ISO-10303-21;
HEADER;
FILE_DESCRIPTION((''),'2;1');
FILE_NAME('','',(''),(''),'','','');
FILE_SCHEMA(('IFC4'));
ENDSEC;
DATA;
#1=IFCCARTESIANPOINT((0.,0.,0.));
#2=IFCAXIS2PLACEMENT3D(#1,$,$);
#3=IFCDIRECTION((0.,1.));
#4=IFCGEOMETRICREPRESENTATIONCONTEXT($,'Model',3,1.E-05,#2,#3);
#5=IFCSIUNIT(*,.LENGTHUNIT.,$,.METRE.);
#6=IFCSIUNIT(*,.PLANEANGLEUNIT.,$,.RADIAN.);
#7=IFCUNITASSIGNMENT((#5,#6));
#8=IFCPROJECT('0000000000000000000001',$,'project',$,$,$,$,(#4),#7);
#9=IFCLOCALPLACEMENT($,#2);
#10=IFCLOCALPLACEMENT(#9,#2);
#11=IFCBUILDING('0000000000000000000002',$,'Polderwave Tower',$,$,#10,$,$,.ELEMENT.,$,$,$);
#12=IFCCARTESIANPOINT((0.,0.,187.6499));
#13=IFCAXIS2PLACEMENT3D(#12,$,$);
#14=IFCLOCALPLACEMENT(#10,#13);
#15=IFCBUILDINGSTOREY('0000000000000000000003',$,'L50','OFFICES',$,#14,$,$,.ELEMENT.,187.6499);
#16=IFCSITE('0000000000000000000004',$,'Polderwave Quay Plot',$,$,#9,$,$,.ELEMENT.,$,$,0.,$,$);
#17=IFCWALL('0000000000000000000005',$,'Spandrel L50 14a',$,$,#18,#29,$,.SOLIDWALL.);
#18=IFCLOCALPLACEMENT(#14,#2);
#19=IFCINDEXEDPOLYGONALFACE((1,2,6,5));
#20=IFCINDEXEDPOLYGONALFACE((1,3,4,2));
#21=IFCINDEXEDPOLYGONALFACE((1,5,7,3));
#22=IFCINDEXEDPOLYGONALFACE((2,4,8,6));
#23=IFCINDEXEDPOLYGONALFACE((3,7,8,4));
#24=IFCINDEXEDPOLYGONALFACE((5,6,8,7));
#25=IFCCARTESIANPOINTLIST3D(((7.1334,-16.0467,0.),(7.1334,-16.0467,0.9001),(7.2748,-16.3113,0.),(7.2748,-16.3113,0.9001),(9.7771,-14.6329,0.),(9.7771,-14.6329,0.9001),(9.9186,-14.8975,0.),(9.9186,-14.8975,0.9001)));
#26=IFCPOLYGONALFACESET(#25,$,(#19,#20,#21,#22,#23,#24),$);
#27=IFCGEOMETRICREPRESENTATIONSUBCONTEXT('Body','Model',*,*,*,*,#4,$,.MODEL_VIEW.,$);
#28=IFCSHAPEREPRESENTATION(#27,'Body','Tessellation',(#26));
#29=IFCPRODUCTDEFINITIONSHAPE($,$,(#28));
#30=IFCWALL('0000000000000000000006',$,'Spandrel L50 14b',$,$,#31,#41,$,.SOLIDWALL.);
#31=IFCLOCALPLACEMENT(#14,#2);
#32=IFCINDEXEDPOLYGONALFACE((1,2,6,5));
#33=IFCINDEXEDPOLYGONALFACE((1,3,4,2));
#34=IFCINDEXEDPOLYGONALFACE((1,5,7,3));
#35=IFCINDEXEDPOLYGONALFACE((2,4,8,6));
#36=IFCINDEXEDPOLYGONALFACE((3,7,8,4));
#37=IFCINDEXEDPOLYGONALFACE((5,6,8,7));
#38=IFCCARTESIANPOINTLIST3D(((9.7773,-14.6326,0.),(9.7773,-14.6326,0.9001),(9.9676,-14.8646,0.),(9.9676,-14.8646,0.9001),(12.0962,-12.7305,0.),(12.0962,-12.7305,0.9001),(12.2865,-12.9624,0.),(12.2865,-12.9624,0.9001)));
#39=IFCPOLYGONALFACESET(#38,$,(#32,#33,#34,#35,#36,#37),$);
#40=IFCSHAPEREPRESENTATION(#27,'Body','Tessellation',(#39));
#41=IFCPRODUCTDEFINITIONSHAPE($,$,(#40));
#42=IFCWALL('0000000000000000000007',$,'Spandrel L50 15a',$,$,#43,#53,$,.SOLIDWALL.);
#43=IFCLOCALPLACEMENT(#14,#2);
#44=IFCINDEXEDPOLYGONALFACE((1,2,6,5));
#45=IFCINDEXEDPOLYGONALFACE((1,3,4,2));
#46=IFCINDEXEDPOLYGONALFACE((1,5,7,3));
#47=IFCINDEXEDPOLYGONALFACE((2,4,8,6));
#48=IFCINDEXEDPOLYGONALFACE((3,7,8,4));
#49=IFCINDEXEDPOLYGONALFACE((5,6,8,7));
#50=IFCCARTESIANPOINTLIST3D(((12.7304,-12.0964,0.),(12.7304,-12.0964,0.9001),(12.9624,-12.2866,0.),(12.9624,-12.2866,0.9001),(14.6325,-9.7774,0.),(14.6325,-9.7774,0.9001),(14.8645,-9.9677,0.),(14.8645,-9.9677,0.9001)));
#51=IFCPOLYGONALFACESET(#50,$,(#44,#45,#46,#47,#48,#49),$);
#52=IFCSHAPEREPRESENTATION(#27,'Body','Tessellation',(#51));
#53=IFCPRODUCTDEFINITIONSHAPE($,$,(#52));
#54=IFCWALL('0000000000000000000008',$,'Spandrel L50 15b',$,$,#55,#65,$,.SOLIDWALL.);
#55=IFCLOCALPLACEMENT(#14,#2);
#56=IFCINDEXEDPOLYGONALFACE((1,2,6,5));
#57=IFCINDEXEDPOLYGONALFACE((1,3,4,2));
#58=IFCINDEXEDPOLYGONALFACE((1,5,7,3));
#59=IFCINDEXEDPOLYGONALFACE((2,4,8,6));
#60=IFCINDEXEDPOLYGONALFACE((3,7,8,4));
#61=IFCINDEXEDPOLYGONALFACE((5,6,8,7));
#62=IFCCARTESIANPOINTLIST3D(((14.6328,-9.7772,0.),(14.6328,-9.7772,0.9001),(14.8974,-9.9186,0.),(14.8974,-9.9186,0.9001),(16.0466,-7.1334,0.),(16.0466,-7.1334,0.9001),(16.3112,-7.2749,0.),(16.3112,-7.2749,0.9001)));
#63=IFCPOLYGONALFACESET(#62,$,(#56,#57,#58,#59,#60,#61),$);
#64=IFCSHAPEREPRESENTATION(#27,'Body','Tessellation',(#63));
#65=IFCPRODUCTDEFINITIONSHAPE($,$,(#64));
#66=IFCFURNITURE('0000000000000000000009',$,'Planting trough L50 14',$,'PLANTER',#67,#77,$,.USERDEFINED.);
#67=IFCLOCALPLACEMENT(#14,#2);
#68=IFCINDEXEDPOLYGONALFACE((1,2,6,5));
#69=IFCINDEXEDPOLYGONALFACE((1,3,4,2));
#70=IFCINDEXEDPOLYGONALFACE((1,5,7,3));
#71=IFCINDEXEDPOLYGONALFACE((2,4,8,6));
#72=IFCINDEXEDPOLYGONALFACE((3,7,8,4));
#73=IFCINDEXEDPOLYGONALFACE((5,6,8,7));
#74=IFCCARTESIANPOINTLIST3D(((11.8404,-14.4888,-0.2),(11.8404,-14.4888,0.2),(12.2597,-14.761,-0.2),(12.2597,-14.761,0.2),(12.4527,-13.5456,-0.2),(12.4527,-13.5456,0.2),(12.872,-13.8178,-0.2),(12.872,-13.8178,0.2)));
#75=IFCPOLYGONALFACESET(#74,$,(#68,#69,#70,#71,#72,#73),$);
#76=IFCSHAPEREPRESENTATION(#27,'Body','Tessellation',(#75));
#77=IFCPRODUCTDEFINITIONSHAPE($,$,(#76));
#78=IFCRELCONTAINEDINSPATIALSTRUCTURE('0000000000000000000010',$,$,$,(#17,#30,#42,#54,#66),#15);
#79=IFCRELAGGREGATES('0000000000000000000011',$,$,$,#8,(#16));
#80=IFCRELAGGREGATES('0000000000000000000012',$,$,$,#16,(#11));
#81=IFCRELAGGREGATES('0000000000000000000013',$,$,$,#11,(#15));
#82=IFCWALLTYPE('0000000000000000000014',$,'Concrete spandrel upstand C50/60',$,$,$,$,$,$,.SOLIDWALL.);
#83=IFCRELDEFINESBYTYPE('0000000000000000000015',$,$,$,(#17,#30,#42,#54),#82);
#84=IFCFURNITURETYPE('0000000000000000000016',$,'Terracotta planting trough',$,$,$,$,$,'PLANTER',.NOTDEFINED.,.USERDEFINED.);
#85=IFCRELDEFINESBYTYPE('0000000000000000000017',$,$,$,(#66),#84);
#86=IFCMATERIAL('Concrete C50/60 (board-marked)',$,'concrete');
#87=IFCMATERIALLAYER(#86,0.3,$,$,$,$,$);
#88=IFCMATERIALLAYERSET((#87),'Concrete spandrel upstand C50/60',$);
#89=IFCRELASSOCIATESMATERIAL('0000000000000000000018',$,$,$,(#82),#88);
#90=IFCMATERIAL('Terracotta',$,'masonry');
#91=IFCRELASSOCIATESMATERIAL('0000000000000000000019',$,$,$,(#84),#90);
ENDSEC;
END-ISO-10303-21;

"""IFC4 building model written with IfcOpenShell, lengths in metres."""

from ifc_helpers import new_model, si_unit, direction, frame, frame_2d, origin, origin_2d, place, context, subcontext, project, spatial, rectangle, extrude, material, layer, layer_set, type_object, element, save


model = new_model("IFC4")

# Units and contexts
model_context = context("Model", 3, precision=1e-05, world=origin(), true_north=direction((0.0, 1.0)))
body_context = subcontext(model_context, "Body", "Model", "MODEL_VIEW")
ifc_project = project(units=[si_unit("LENGTHUNIT", "METRE"), si_unit("PLANEANGLEUNIT", "RADIAN")], contexts=[model_context])

# Site, building, storey
site_placement = place(None, origin())
site = spatial("IfcSite", under=ifc_project, at=site_placement, Name="Polderwave Quay Plot", CompositionType="ELEMENT", RefElevation=0.0)
building_placement = place(site_placement, origin())
building = spatial("IfcBuilding", under=site, at=building_placement, Name="Polderwave Tower", CompositionType="ELEMENT")
storey_placement = place(building_placement, frame((0.0, 0.0, 187.6499)))
storey = spatial("IfcBuildingStorey", under=building, at=storey_placement, Name="L50", Description="OFFICES", CompositionType="ELEMENT", Elevation=187.6499)

# Walls
ifc_material_1 = material(Name="Concrete C50/60 (board-marked)", Category="concrete")
ifc_layer_1 = layer(ifc_material_1, 0.3)
ifc_layer_set_1 = layer_set([ifc_layer_1], Name="Concrete spandrel upstand C50/60")
wall_type = type_object("IfcWallType", Name="Concrete spandrel upstand C50/60", PredefinedType="SOLIDWALL", material=ifc_layer_set_1)
wall_1_placement = place(storey_placement, frame((7.2041, -16.179, 0.0), z_axis=(0.0, 0.0, 1.0), x_axis=(0.881827, 0.471573, 0.0)))
element("IfcWall", 1, at=wall_1_placement, inside=storey, type_object=wall_type, Name="Spandrel L50 14a", PredefinedType="SOLIDWALL", context=body_context, shape_type="SweptSolid", body=[
    extrude(rectangle(XDim=2.998, YDim=0.3, at=frame_2d((1.499, 0.0))), origin(), (0.0, 0.0, 1.0), 0.9001),
])
for number, where, z_axis, x_axis, name in (
    (2, (9.8726, -14.7485, 0.0), (0.0, 0.0, 1.0), (0.773162, 0.634208, 0.0), "Spandrel L50 14b"),
    (3, (12.8464, -12.1914, 0.0), (0.0, 0.0, 1.0), (0.634208, 0.773162, 0.0), "Spandrel L50 15a"),
):
    element("IfcWall", number, at=place(storey_placement, frame(where, z_axis=z_axis, x_axis=x_axis)), inside=storey, type_object=wall_type, Name=name, PredefinedType="SOLIDWALL", context=body_context, shape_type="SweptSolid", body=[
        extrude(rectangle(XDim=2.9993, YDim=0.3, at=frame_2d((1.4995, 0.0))), origin(), (0.0, 0.0, 1.0), 0.9001),
    ])
wall_2_placement = place(storey_placement, frame((14.7651, -9.8479, 0.0), z_axis=(0.0, 0.0, 1.0), x_axis=(0.471573, 0.881827, 0.0)))
element("IfcWall", 4, at=wall_2_placement, inside=storey, type_object=wall_type, Name="Spandrel L50 15b", PredefinedType="SOLIDWALL", context=body_context, shape_type="SweptSolid", body=[
    extrude(rectangle(XDim=2.998, YDim=0.3, at=frame_2d((1.499, 0.0))), origin(), (0.0, 0.0, 1.0), 0.9001),
])

# Furniture
ifc_material_2 = material(Name="Terracotta", Category="masonry")
furniture_type = type_object("IfcFurnitureType", Name="Terracotta planting trough", ElementType="PLANTER", AssemblyPlace="NOTDEFINED", PredefinedType="USERDEFINED", material=ifc_material_2)
furniture_placement = place(storey_placement, frame((12.3562, -14.1533, -0.2), z_axis=(0.0, 0.0, 1.0), x_axis=(0.544499, 0.838762, 0.0)))
element("IfcFurniture", 5, at=furniture_placement, inside=storey, type_object=furniture_type, Name="Planting trough L50 14", ObjectType="PLANTER", PredefinedType="USERDEFINED", context=body_context, shape_type="SweptSolid", body=[
    extrude(rectangle(XDim=1.1245, YDim=0.5, at=origin_2d()), origin(), (0.0, 0.0, 1.0), 0.3999),
])

save(model, "model.ifc")
